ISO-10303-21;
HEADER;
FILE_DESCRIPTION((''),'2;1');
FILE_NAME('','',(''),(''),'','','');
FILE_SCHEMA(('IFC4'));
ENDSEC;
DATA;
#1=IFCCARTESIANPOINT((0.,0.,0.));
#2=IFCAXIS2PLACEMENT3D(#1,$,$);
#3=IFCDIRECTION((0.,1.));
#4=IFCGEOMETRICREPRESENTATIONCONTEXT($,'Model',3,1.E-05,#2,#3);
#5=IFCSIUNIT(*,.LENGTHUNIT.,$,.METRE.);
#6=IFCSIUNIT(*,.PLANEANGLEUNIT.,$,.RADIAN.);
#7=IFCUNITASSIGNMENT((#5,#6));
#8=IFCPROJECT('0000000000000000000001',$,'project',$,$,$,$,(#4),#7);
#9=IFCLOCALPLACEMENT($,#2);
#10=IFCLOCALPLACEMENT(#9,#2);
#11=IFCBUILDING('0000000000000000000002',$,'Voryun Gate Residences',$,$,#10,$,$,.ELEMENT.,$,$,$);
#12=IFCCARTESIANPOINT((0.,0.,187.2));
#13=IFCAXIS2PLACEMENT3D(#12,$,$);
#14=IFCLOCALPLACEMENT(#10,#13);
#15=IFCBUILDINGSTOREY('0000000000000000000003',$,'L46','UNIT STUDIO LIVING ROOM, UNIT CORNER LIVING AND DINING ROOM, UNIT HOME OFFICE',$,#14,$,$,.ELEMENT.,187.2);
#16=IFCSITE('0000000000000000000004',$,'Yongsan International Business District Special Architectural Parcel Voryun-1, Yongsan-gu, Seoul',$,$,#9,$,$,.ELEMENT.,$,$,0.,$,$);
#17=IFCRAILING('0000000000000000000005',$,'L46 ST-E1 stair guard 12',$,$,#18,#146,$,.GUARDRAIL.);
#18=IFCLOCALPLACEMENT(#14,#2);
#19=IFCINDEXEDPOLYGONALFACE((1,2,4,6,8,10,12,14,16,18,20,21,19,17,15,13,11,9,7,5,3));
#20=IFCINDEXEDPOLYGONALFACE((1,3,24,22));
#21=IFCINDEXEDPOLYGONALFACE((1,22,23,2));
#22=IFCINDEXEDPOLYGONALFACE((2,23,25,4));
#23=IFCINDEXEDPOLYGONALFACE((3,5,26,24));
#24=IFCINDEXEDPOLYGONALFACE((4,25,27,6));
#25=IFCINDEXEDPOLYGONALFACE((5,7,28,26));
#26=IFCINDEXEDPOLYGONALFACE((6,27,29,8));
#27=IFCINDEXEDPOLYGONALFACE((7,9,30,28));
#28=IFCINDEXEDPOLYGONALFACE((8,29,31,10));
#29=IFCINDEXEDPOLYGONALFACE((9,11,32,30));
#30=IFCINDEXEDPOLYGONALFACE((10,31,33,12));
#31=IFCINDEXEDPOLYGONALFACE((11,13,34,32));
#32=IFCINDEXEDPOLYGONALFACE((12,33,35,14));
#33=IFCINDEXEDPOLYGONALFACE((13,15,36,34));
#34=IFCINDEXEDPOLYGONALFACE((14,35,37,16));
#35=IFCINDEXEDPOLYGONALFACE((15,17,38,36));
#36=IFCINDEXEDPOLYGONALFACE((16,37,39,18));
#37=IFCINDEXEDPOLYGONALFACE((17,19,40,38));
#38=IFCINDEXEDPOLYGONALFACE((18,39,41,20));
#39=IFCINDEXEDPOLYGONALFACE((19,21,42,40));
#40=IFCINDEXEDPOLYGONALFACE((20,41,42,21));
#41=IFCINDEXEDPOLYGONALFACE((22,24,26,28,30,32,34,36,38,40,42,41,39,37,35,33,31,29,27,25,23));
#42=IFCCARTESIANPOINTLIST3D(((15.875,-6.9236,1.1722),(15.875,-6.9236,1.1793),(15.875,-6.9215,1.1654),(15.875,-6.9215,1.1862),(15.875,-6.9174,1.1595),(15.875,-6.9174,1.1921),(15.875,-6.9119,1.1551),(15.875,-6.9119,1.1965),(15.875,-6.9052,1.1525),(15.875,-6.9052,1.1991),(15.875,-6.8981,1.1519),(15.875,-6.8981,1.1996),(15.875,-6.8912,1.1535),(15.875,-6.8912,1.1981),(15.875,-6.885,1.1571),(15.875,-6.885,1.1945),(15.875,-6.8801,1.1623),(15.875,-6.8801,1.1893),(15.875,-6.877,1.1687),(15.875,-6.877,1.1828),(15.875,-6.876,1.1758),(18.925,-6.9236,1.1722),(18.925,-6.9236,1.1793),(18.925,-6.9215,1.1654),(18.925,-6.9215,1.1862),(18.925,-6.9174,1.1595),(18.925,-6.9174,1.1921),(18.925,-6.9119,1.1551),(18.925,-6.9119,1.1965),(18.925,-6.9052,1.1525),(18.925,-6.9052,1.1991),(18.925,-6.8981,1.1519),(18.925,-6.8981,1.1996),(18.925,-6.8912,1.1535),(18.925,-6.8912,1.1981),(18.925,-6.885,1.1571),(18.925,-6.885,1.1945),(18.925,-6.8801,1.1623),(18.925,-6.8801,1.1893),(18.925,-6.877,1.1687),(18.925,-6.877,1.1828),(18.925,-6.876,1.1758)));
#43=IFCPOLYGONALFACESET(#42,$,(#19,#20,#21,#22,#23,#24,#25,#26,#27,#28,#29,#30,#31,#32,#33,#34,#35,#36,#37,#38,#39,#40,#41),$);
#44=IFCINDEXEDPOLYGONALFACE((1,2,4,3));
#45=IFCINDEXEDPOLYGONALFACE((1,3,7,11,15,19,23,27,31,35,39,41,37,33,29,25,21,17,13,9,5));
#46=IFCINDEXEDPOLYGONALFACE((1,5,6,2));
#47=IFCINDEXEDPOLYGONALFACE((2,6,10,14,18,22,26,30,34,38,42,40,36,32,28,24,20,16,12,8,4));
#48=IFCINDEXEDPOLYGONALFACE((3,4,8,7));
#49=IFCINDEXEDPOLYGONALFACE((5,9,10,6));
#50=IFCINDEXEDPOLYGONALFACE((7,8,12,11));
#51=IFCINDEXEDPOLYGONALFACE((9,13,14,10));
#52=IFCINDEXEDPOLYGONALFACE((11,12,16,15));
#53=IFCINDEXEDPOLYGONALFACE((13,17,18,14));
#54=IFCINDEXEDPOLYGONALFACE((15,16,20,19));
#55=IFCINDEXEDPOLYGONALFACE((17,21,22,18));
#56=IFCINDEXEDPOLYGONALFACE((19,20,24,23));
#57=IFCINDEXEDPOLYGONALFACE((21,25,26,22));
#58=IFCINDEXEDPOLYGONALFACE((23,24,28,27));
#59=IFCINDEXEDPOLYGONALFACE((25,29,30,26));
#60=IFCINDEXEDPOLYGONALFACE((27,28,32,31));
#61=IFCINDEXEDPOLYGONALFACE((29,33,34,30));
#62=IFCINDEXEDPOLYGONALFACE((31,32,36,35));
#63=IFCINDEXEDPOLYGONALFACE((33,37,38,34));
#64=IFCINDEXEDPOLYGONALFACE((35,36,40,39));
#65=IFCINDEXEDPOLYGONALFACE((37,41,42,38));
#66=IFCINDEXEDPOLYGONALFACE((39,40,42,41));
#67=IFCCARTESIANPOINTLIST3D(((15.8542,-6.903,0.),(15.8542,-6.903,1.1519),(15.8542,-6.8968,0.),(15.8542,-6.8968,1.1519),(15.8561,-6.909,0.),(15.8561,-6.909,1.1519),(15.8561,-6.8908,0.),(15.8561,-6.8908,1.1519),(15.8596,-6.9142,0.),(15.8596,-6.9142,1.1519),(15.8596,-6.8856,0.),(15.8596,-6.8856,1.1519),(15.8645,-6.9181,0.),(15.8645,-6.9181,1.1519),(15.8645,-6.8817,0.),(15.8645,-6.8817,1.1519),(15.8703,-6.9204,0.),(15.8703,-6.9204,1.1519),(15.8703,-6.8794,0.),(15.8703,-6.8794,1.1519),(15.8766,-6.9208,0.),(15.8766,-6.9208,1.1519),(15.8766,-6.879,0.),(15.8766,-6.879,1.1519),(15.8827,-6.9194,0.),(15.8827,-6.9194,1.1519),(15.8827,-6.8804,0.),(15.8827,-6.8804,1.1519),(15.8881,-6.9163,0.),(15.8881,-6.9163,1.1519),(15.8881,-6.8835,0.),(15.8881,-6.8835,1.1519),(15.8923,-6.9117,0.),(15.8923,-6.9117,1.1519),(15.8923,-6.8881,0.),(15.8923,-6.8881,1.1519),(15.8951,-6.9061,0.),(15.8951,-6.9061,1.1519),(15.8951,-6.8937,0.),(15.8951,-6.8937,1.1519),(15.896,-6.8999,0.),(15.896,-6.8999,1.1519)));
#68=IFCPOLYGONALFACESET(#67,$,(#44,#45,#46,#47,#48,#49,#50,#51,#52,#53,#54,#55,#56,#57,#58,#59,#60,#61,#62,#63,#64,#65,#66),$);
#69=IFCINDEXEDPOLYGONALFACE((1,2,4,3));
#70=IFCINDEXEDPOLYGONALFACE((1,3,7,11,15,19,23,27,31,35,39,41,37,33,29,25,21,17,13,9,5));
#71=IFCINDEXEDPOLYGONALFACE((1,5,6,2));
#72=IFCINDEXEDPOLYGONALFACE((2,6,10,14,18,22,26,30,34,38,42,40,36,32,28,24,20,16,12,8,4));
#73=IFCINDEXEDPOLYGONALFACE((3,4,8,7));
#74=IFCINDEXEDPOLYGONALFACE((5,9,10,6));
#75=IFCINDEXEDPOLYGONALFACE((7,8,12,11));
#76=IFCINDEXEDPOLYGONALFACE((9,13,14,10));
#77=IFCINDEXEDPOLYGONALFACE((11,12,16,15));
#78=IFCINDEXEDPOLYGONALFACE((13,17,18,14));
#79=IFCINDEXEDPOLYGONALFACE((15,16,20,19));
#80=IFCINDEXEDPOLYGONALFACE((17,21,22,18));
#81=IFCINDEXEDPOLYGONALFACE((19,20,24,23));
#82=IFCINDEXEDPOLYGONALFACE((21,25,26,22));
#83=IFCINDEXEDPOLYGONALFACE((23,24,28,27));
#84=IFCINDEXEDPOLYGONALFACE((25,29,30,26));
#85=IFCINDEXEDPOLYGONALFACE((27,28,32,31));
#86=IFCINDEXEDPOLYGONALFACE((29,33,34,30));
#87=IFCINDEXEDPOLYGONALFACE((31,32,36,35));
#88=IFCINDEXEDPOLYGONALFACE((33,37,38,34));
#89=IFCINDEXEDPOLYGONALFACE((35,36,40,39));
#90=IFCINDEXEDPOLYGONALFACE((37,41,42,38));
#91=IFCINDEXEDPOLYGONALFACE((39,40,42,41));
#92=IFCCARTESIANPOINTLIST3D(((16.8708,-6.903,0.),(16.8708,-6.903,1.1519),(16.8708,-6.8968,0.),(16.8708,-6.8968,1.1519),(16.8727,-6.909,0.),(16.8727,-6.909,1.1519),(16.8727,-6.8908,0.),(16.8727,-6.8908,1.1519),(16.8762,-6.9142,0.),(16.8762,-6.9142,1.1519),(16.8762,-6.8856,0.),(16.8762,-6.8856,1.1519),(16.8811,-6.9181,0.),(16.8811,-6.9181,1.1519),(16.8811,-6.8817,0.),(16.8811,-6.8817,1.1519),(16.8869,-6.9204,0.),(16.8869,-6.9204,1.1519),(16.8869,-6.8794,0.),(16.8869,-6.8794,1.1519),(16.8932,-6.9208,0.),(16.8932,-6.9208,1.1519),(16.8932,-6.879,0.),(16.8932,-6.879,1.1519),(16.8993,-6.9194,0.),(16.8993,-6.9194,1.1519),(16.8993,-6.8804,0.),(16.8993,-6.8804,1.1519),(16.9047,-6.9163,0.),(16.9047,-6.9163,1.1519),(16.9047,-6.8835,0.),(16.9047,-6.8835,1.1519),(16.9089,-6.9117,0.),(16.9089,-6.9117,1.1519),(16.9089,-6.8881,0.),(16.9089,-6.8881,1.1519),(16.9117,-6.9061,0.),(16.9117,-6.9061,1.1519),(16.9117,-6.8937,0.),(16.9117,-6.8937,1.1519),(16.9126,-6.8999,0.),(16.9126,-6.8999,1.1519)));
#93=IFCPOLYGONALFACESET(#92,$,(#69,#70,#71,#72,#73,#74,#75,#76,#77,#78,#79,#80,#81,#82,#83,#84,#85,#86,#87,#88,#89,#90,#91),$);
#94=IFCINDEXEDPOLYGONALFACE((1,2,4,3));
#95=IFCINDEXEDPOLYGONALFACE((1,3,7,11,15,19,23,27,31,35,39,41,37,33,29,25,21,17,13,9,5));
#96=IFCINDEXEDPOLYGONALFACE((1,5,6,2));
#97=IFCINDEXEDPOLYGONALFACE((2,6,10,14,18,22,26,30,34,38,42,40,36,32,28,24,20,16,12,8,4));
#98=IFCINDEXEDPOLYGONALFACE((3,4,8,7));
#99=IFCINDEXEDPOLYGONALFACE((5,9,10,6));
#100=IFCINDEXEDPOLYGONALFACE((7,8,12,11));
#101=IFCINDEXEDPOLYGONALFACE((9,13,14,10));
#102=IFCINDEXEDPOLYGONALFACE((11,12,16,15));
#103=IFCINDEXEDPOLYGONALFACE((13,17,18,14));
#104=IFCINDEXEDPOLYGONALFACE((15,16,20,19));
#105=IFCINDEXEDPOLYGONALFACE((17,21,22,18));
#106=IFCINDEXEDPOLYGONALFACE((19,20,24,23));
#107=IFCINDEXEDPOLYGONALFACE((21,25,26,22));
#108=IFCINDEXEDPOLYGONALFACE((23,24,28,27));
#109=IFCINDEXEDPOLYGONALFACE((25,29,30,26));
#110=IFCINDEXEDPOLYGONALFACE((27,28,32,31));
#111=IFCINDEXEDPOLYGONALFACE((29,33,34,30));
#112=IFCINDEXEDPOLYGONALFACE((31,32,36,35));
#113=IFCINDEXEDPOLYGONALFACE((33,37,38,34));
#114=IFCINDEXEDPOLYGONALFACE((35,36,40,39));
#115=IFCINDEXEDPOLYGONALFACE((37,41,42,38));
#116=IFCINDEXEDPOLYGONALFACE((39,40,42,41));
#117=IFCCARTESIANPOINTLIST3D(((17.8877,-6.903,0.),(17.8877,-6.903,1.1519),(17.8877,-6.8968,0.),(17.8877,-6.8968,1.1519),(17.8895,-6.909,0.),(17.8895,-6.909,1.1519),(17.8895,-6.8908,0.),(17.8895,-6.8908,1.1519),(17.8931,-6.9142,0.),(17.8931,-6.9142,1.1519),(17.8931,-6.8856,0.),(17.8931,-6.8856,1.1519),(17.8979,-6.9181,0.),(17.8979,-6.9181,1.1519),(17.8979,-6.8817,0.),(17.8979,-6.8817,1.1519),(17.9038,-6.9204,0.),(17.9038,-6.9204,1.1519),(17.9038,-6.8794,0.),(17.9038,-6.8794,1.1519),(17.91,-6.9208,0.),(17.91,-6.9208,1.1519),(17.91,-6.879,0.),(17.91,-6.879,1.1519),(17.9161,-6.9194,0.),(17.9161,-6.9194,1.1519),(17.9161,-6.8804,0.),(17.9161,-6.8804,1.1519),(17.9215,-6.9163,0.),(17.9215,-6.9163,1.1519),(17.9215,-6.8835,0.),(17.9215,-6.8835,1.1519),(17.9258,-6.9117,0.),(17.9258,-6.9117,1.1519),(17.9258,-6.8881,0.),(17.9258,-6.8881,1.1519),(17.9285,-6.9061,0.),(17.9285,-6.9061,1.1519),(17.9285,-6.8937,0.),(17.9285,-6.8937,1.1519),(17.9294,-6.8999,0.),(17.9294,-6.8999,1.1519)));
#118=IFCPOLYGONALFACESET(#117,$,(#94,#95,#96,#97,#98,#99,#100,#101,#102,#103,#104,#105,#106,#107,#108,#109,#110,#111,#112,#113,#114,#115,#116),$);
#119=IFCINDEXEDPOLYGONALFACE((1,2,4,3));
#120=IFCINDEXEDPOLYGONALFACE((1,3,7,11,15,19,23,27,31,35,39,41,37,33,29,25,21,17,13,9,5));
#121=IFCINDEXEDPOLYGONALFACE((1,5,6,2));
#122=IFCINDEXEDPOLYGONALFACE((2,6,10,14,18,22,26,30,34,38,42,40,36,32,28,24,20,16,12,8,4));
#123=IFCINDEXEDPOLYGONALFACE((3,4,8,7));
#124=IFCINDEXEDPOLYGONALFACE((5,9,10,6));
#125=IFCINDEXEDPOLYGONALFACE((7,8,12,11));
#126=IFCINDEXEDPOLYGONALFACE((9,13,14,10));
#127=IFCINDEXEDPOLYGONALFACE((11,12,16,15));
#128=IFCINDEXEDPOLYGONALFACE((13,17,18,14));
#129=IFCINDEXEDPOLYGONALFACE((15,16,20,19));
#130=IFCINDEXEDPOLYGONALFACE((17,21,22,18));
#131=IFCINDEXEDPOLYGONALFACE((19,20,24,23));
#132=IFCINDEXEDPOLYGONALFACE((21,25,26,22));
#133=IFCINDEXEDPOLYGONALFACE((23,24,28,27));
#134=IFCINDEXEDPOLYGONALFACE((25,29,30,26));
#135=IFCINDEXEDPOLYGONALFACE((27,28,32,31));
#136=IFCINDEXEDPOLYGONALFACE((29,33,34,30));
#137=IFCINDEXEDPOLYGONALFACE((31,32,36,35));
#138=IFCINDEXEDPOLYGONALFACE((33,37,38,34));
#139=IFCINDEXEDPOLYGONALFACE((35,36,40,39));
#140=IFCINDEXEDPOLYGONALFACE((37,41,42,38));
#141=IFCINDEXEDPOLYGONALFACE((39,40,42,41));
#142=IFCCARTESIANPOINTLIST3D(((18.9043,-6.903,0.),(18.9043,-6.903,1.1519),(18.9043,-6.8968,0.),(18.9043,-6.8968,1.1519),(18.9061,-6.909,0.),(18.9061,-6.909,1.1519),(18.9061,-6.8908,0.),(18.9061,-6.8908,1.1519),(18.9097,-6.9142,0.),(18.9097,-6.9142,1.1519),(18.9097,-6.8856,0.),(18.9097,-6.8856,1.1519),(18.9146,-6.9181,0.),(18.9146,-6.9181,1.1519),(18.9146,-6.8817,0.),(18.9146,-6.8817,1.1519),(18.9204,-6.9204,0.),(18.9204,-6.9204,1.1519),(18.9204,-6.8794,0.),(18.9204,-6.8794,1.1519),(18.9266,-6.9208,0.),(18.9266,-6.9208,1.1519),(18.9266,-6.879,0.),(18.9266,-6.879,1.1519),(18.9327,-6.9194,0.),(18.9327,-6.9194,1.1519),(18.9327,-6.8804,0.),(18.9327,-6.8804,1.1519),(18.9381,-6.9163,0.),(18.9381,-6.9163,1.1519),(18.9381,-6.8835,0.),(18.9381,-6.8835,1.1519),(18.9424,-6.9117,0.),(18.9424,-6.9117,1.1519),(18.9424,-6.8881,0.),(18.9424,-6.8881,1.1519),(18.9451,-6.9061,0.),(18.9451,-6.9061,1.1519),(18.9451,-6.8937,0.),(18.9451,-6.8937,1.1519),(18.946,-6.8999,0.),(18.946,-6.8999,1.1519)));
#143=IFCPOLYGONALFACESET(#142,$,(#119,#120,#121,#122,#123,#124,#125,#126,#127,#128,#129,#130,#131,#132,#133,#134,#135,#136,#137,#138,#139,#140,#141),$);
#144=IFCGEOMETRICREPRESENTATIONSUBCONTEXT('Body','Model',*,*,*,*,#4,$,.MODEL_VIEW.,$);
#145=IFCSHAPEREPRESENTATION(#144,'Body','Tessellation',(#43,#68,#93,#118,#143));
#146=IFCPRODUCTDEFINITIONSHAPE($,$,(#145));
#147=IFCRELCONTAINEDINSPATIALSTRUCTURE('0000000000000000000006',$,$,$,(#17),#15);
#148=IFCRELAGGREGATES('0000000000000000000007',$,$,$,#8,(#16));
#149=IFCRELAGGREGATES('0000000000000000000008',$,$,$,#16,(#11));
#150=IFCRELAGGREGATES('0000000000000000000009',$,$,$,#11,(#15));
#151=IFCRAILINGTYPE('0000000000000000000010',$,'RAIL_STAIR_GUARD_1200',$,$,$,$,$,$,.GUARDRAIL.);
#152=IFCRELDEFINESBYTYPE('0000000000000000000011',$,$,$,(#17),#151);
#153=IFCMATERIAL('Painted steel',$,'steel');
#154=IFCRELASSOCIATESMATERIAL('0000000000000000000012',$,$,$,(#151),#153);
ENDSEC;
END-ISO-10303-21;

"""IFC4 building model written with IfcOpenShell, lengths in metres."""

from ifc_helpers import new_model, si_unit, direction, frame, origin, origin_2d, place, context, subcontext, project, spatial, circle, extrude, material, type_object, element, save


model = new_model("IFC4")

# Units and contexts
model_context = context("Model", 3, precision=1e-05, world=origin(), true_north=direction((0.0, 1.0)))
body_context = subcontext(model_context, "Body", "Model", "MODEL_VIEW")
ifc_project = project(units=[si_unit("LENGTHUNIT", "METRE"), si_unit("PLANEANGLEUNIT", "RADIAN")], contexts=[model_context])

# Site, building, storey
site_placement = place(None, origin())
site = spatial("IfcSite", under=ifc_project, at=site_placement, Name="Yongsan International Business District Special Architectural Parcel Voryun-1, Yongsan-gu, Seoul", CompositionType="ELEMENT", RefElevation=0.0)
building_placement = place(site_placement, origin())
building = spatial("IfcBuilding", under=site, at=building_placement, Name="Voryun Gate Residences", CompositionType="ELEMENT")
storey_placement = place(building_placement, frame((0.0, 0.0, 187.2)))
storey = spatial("IfcBuildingStorey", under=building, at=storey_placement, Name="L46", Description="UNIT STUDIO LIVING ROOM, UNIT CORNER LIVING AND DINING ROOM, UNIT HOME OFFICE", CompositionType="ELEMENT", Elevation=187.2)

# Railing
ifc_material_1 = material(Name="Painted steel", Category="steel")
railing_type_1 = type_object("IfcRailingType", Name="RAIL_STAIR_GUARD_1200", PredefinedType="GUARDRAIL", material=ifc_material_1)
railing_1_placement = place(storey_placement, frame((15.875, -6.8999, 0.0)))
element("IfcRailing", 1, at=railing_1_placement, inside=storey, type_object=railing_type_1, Name="L46 ST-E1 stair guard 12", PredefinedType="GUARDRAIL", context=body_context, shape_type="SweptSolid", body=[
    extrude(circle(Radius=0.0239, at=origin_2d()), frame((0.0, 0.0, 1.1758), z_axis=(1.0, 0.0, 0.0), x_axis=(0.0, 1.0, 0.0)), (0.0, 0.0, 1.0), 3.05),
    extrude(circle(Radius=0.021, at=origin_2d()), origin(), (0.0, 0.0, 1.0), 1.1519),
    extrude(circle(Radius=0.021, at=origin_2d()), frame((1.0166, 0.0, 0.0)), (0.0, 0.0, 1.0), 1.1519),
    extrude(circle(Radius=0.021, at=origin_2d()), frame((2.0334, 0.0, 0.0)), (0.0, 0.0, 1.0), 1.1519),
    extrude(circle(Radius=0.021, at=origin_2d()), frame((3.05, 0.0, 0.0)), (0.0, 0.0, 1.0), 1.1519),
])

save(model, "model.ifc")
